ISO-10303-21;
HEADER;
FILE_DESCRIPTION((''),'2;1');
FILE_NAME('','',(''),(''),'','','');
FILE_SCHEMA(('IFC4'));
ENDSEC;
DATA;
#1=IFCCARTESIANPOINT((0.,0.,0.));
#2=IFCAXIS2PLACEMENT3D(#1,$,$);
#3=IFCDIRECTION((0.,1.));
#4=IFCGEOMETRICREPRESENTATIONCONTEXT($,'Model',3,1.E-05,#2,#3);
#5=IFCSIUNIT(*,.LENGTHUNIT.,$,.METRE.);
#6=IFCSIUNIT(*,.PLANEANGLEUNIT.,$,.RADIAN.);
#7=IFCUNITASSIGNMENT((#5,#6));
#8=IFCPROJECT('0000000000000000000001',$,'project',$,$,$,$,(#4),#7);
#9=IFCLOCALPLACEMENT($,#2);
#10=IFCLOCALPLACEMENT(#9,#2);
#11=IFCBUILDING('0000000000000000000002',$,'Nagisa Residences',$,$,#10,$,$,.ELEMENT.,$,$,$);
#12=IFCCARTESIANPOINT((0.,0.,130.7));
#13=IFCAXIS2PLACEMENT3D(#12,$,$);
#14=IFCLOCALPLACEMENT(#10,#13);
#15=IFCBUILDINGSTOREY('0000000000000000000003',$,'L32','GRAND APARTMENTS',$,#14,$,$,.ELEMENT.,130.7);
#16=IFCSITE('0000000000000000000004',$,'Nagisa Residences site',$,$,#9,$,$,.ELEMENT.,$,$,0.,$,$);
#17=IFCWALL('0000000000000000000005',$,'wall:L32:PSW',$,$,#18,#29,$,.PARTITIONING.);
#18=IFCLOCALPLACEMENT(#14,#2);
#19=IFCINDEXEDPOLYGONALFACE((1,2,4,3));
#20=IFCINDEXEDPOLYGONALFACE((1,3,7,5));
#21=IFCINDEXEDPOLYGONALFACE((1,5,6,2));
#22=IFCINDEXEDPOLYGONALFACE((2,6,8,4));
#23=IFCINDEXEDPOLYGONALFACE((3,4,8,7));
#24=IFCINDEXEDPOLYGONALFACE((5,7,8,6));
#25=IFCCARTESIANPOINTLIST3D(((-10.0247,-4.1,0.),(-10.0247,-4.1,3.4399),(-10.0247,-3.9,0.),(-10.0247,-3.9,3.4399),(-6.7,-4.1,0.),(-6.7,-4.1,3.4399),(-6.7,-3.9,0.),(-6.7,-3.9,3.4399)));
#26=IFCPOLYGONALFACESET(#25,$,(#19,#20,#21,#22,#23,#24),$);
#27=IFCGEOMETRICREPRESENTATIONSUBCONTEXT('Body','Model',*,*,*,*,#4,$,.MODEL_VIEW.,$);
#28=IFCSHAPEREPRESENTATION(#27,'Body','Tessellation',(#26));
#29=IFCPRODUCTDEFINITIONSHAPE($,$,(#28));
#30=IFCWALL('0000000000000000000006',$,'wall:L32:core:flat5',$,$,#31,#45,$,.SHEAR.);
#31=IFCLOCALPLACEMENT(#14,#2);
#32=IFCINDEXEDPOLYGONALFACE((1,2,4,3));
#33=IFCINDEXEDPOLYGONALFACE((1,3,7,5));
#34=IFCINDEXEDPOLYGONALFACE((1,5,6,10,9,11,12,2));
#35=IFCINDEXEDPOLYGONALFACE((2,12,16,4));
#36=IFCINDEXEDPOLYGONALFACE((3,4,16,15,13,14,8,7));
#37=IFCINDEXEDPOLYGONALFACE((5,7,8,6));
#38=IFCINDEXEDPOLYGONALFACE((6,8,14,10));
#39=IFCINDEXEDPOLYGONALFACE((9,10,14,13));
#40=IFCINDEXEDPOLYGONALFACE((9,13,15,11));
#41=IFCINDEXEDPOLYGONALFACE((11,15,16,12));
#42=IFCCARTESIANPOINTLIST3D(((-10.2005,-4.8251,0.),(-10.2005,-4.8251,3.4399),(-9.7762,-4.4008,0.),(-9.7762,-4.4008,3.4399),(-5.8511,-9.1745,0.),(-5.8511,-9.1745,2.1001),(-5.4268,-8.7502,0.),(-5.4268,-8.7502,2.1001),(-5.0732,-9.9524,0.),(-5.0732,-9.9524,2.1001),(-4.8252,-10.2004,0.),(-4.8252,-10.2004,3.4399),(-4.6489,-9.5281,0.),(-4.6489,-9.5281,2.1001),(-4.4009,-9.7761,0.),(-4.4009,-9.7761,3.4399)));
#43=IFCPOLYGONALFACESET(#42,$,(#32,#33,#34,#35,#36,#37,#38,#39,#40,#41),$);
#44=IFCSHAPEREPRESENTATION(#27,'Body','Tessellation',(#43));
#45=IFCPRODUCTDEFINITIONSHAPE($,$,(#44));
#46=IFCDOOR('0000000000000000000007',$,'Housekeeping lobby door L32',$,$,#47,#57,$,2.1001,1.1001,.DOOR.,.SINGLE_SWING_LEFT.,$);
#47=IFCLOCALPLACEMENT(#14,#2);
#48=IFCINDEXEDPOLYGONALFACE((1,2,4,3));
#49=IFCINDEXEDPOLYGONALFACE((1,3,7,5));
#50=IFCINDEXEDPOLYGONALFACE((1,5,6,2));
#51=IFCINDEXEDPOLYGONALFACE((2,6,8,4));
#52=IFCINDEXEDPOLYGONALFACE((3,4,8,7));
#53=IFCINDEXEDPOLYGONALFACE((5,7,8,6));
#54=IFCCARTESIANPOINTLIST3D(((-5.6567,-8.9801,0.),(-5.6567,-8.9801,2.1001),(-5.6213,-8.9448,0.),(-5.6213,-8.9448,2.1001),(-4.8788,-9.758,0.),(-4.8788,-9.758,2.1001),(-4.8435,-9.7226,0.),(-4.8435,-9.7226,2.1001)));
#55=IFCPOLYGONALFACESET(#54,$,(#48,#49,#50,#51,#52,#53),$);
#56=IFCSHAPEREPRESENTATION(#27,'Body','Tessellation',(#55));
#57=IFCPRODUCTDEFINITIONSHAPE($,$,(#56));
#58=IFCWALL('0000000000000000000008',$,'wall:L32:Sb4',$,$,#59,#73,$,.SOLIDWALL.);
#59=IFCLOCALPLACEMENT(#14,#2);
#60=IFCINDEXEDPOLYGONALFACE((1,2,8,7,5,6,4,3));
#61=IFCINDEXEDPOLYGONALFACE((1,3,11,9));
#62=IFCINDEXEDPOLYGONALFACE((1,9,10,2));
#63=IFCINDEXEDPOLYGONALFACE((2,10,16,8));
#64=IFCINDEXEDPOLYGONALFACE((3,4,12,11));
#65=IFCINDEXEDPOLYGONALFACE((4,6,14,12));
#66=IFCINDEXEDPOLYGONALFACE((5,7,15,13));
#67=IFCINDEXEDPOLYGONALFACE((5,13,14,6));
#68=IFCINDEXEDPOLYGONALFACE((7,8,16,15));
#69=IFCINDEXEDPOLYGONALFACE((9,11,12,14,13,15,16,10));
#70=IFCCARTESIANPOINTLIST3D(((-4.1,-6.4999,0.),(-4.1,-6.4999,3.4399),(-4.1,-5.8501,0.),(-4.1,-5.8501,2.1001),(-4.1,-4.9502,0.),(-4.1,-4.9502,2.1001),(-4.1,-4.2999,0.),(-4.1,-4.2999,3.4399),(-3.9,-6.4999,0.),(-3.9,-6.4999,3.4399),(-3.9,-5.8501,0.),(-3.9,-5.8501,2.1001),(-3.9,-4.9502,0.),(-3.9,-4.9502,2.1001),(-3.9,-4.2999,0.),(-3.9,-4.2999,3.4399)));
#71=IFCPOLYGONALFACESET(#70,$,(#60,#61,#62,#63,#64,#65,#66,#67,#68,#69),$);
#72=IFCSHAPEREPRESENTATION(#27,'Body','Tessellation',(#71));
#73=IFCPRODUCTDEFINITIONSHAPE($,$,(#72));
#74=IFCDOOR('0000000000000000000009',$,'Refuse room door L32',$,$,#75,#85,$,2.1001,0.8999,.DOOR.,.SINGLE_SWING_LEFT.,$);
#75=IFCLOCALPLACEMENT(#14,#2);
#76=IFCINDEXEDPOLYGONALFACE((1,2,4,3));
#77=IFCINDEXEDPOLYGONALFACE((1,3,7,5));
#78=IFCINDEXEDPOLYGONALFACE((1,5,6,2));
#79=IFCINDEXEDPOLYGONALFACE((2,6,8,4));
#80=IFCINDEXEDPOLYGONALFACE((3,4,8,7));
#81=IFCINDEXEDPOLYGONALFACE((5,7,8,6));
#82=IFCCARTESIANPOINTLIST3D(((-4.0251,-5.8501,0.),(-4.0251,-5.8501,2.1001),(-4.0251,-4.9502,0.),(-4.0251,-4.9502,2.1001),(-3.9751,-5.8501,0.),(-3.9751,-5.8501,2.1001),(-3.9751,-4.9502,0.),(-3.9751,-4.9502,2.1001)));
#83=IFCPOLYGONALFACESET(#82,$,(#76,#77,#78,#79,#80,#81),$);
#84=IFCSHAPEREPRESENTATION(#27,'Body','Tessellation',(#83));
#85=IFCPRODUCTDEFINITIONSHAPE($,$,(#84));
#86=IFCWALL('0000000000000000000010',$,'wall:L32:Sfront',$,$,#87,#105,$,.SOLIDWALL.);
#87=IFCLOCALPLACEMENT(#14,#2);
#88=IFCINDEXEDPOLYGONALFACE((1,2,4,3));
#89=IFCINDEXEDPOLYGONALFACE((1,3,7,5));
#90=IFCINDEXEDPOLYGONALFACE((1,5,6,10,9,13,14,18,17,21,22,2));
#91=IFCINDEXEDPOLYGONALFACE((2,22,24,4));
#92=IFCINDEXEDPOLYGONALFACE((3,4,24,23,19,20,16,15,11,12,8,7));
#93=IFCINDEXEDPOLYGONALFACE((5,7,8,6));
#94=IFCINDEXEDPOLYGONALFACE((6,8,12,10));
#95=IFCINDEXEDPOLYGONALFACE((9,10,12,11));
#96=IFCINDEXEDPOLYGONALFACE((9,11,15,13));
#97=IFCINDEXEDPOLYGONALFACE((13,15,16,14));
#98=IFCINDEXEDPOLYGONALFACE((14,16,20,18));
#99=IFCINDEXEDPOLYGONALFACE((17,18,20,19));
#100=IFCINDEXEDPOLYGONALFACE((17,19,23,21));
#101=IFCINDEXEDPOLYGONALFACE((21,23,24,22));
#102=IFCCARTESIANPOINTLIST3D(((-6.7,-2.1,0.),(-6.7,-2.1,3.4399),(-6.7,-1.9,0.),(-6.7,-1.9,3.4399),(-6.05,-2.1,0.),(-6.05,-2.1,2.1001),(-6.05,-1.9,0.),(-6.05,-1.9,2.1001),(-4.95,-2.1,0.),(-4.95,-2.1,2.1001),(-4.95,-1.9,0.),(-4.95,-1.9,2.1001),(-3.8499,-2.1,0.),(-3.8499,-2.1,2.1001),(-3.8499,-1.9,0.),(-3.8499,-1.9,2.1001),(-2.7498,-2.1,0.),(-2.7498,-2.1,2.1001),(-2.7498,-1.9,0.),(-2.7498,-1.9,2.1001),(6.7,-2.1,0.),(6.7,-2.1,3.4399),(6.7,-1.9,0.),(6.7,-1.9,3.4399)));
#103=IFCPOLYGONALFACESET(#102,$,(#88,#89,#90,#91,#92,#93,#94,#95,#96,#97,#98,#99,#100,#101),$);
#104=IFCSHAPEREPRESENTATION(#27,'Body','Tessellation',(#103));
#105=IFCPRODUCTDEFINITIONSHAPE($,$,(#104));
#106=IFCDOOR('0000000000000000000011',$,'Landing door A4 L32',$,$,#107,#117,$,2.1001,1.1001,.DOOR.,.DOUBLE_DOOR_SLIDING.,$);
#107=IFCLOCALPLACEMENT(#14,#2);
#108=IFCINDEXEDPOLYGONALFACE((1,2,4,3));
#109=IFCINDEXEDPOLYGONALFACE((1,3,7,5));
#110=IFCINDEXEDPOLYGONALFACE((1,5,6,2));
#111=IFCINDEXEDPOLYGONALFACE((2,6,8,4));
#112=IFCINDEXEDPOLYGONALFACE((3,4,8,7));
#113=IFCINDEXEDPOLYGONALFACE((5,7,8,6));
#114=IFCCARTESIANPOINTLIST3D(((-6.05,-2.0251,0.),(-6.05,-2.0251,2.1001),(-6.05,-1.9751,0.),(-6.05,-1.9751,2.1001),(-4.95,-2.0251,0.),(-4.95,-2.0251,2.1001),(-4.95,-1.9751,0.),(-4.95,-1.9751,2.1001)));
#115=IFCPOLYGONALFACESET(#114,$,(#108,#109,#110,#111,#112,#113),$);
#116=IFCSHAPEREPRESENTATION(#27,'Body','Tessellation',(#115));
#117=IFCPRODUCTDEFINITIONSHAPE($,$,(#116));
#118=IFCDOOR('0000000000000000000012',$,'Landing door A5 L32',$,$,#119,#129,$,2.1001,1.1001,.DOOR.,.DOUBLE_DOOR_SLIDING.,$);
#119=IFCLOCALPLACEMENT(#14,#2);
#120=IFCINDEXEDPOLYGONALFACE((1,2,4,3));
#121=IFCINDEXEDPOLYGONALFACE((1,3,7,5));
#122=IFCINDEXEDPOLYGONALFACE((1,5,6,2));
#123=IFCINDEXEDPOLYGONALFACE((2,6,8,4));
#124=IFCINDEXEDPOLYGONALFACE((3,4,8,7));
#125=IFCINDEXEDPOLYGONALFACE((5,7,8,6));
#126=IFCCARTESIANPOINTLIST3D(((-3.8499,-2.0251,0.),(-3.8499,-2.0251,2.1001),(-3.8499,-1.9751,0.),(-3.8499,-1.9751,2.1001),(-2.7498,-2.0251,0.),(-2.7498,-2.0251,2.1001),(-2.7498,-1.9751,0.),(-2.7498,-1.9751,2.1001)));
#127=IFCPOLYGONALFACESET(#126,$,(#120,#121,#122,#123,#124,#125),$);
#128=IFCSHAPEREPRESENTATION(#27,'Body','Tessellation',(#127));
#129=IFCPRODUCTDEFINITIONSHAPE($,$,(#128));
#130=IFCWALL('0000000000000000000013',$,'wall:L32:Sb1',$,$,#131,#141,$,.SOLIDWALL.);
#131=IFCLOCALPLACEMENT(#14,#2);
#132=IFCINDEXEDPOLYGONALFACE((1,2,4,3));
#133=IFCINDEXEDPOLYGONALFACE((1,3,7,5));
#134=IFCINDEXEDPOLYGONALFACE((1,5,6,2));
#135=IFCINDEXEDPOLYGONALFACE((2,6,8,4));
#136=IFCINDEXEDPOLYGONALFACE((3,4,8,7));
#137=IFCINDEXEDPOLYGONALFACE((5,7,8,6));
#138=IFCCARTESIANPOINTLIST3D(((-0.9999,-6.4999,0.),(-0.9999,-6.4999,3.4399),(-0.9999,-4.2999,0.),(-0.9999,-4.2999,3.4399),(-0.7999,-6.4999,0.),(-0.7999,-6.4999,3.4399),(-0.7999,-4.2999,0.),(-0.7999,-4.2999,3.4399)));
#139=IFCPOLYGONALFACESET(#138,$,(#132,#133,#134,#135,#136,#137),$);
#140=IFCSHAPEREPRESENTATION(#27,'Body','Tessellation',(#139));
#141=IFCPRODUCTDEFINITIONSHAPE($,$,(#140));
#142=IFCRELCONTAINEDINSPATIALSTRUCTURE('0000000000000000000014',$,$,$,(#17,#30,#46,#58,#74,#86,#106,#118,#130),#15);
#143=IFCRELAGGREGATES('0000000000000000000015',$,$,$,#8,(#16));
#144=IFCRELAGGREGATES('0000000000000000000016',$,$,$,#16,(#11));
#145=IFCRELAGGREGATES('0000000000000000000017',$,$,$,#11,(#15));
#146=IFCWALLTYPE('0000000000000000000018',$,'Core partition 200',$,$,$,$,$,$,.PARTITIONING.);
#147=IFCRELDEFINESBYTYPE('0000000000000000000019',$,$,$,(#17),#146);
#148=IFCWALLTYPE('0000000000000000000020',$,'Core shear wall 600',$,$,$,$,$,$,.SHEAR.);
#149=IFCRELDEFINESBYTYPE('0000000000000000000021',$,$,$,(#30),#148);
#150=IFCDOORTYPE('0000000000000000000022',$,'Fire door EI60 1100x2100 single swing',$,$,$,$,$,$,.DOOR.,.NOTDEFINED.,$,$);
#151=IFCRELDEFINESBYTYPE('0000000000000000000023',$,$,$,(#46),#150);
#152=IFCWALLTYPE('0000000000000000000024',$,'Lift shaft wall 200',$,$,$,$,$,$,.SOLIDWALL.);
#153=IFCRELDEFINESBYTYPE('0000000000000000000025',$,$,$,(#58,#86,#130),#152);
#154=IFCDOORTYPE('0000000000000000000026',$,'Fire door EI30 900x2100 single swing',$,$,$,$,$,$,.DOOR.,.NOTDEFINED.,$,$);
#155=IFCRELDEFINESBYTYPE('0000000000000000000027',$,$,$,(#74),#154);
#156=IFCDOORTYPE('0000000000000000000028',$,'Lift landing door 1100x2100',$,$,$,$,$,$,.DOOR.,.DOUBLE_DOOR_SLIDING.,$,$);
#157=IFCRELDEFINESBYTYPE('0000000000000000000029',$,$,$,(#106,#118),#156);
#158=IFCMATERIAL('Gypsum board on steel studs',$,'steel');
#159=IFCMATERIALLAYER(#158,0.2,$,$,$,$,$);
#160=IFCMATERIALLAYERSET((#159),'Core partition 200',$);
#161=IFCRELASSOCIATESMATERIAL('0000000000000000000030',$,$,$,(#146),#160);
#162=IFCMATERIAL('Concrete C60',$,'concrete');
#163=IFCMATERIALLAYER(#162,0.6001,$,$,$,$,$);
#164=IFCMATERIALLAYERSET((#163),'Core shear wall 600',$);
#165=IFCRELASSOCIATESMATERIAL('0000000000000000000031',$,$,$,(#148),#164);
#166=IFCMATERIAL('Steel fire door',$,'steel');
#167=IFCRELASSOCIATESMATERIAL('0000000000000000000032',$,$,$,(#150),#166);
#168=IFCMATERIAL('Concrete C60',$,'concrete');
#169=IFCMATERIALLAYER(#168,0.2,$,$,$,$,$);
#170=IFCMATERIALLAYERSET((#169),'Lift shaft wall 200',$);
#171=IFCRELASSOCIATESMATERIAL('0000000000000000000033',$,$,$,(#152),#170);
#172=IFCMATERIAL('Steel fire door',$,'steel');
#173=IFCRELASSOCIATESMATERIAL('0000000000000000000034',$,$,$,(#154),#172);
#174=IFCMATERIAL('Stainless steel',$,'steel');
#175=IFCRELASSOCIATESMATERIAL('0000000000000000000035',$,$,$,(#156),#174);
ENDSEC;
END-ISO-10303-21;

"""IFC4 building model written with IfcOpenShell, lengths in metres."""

from ifc_helpers import new_model, si_unit, direction, frame, frame_2d, origin, place, context, subcontext, project, spatial, rectangle, extrude, material, layer, layer_set, type_object, element, fill, save


model = new_model("IFC4")

# Units and contexts
model_context = context("Model", 3, precision=1e-05, world=origin(), true_north=direction((0.0, 1.0)))
body_context = subcontext(model_context, "Body", "Model", "MODEL_VIEW")
ifc_project = project(units=[si_unit("LENGTHUNIT", "METRE"), si_unit("PLANEANGLEUNIT", "RADIAN")], contexts=[model_context])

# Site, building, storey
site_placement = place(None, origin())
site = spatial("IfcSite", under=ifc_project, at=site_placement, Name="Nagisa Residences site", CompositionType="ELEMENT", RefElevation=0.0)
building_placement = place(site_placement, origin())
building = spatial("IfcBuilding", under=site, at=building_placement, Name="Nagisa Residences", CompositionType="ELEMENT")
storey_placement = place(building_placement, frame((0.0, 0.0, 130.7)))
storey = spatial("IfcBuildingStorey", under=building, at=storey_placement, Name="L32", Description="GRAND APARTMENTS", CompositionType="ELEMENT", Elevation=130.7)

# Wall
ifc_material_1 = material(Name="Gypsum board on steel studs", Category="steel")
ifc_layer_1 = layer(ifc_material_1, 0.2)
ifc_layer_set_1 = layer_set([ifc_layer_1], Name="Core partition 200")
wall_type_1 = type_object("IfcWallType", Name="Core partition 200", PredefinedType="PARTITIONING", material=ifc_layer_set_1)
wall_1_placement = place(storey_placement, frame((-10.0247, -4.0, 0.0), z_axis=(0.0, 0.0, 1.0), x_axis=(1.0, 0.0, 0.0)))
element("IfcWall", 1, at=wall_1_placement, inside=storey, type_object=wall_type_1, Name="wall:L32:PSW", PredefinedType="PARTITIONING", context=body_context, shape_type="SweptSolid", body=[
    extrude(rectangle(XDim=3.3247, YDim=0.2, at=frame_2d((1.6624, 0.0))), origin(), (0.0, 0.0, 1.0), 3.4399),
])

# Walls, openings, doors
ifc_material_2 = material(Name="Concrete C60", Category="concrete")
ifc_layer_2 = layer(ifc_material_2, 0.6001)
ifc_layer_set_2 = layer_set([ifc_layer_2], Name="Core shear wall 600")
wall_type_2 = type_object("IfcWallType", Name="Core shear wall 600", PredefinedType="SHEAR", material=ifc_layer_set_2)
wall_2_placement = place(storey_placement, frame((-9.9883, -4.613, 0.0), z_axis=(0.0, 0.0, 1.0), x_axis=(0.707107, -0.707107, 0.0)))
wall_2 = element("IfcWall", 2, at=wall_2_placement, inside=storey, type_object=wall_type_2, Name="wall:L32:core:flat5", PredefinedType="SHEAR", context=body_context, shape_type="SweptSolid", body=[
    extrude(rectangle(XDim=7.6018, YDim=0.6001, at=frame_2d((3.8008, 0.0))), origin(), (0.0, 0.0, 1.0), 3.4399),
])
opening_1_placement = place(wall_2_placement, frame((6.1509, 0.0, 0.0)))
opening_1 = element("IfcOpeningElement", 3, at=opening_1_placement, cuts=wall_2, PredefinedType="OPENING", context=body_context, shape_type="SweptSolid", body=[
    extrude(rectangle(XDim=1.1001, YDim=2.1001, at=frame_2d((0.55, 1.05))), frame((0.0, 0.3101, 0.0), z_axis=(0.0, -1.0, 0.0), x_axis=(1.0, 0.0, 0.0)), (0.0, 0.0, 1.0), 0.6201),
])
ifc_material_3 = material(Name="Steel fire door", Category="steel")
door_type_1 = type_object("IfcDoorType", Name="Fire door EI60 1100x2100 single swing", OperationType="NOTDEFINED", PredefinedType="DOOR", material=ifc_material_3)
door_1_placement = place(opening_1_placement, origin())
door_1 = element("IfcDoor", 4, at=door_1_placement, inside=storey, type_object=door_type_1, Name="Housekeeping lobby door L32", OperationType="SINGLE_SWING_LEFT", OverallHeight=2.1001, OverallWidth=1.1001, PredefinedType="DOOR", context=body_context, shape_type="SweptSolid", body=[
    extrude(rectangle(XDim=1.1001, YDim=2.1001, at=frame_2d((0.55, 1.05))), frame((0.0, 0.0249, 0.0), z_axis=(0.0, -1.0, 0.0), x_axis=(1.0, 0.0, 0.0)), (0.0, 0.0, 1.0), 0.05),
])
fill(opening_1, door_1)
ifc_material_4 = material(Name="Concrete C60", Category="concrete")
ifc_layer_3 = layer(ifc_material_4, 0.2)
ifc_layer_set_3 = layer_set([ifc_layer_3], Name="Lift shaft wall 200")
wall_type_3 = type_object("IfcWallType", Name="Lift shaft wall 200", PredefinedType="SOLIDWALL", material=ifc_layer_set_3)
wall_3_placement = place(storey_placement, frame((-4.0, -6.5, 0.0), z_axis=(0.0, 0.0, 1.0), x_axis=(0.0, 1.0, 0.0)))
wall_3 = element("IfcWall", 5, at=wall_3_placement, inside=storey, type_object=wall_type_3, Name="wall:L32:Sb4", PredefinedType="SOLIDWALL", context=body_context, shape_type="SweptSolid", body=[
    extrude(rectangle(XDim=2.2, YDim=0.2, at=frame_2d((1.1001, 0.0))), origin(), (0.0, 0.0, 1.0), 3.4399),
])
opening_2_placement = place(wall_3_placement, frame((0.6499, 0.0, 0.0)))
opening_2 = element("IfcOpeningElement", 6, at=opening_2_placement, cuts=wall_3, PredefinedType="OPENING", context=body_context, shape_type="SweptSolid", body=[
    extrude(rectangle(XDim=0.8999, YDim=2.1001, at=frame_2d((0.45, 1.05))), frame((0.0, 0.1099, 0.0), z_axis=(0.0, -1.0, 0.0), x_axis=(1.0, 0.0, 0.0)), (0.0, 0.0, 1.0), 0.22),
])
ifc_material_5 = material(Name="Steel fire door", Category="steel")
door_type_2 = type_object("IfcDoorType", Name="Fire door EI30 900x2100 single swing", OperationType="NOTDEFINED", PredefinedType="DOOR", material=ifc_material_5)
door_2_placement = place(opening_2_placement, frame((0.8999, 0.0, 0.0), x_axis=(-1.0, 0.0, 0.0)))
door_2 = element("IfcDoor", 7, at=door_2_placement, inside=storey, type_object=door_type_2, Name="Refuse room door L32", OperationType="SINGLE_SWING_LEFT", OverallHeight=2.1001, OverallWidth=0.8999, PredefinedType="DOOR", context=body_context, shape_type="SweptSolid", body=[
    extrude(rectangle(XDim=0.8999, YDim=2.1001, at=frame_2d((0.45, 1.05))), frame((0.0, 0.0249, 0.0), z_axis=(0.0, -1.0, 0.0), x_axis=(1.0, 0.0, 0.0)), (0.0, 0.0, 1.0), 0.05),
])
fill(opening_2, door_2)

# Wall, openings, doors
wall_4_placement = place(storey_placement, frame((-6.7, -2.0, 0.0), z_axis=(0.0, 0.0, 1.0), x_axis=(1.0, 0.0, 0.0)))
wall_4 = element("IfcWall", 8, at=wall_4_placement, inside=storey, type_object=wall_type_3, Name="wall:L32:Sfront", PredefinedType="SOLIDWALL", context=body_context, shape_type="SweptSolid", body=[
    extrude(rectangle(XDim=13.3999, YDim=0.2, at=frame_2d((6.7, 0.0))), origin(), (0.0, 0.0, 1.0), 3.4399),
])
opening_3_placement = place(wall_4_placement, frame((0.6499, 0.0, 0.0)))
opening_3 = element("IfcOpeningElement", 9, at=opening_3_placement, cuts=wall_4, PredefinedType="OPENING", context=body_context, shape_type="SweptSolid", body=[
    extrude(rectangle(XDim=1.1001, YDim=2.1001, at=frame_2d((0.55, 1.05))), frame((0.0, 0.1099, 0.0), z_axis=(0.0, -1.0, 0.0), x_axis=(1.0, 0.0, 0.0)), (0.0, 0.0, 1.0), 0.22),
])
opening_4_placement = place(wall_4_placement, frame((2.8501, 0.0, 0.0)))
opening_4 = element("IfcOpeningElement", 10, at=opening_4_placement, cuts=wall_4, PredefinedType="OPENING", context=body_context, shape_type="SweptSolid", body=[
    extrude(rectangle(XDim=1.1001, YDim=2.1001, at=frame_2d((0.55, 1.05))), frame((0.0, 0.1099, 0.0), z_axis=(0.0, -1.0, 0.0), x_axis=(1.0, 0.0, 0.0)), (0.0, 0.0, 1.0), 0.22),
])
ifc_material_6 = material(Name="Stainless steel", Category="steel")
door_type_3 = type_object("IfcDoorType", Name="Lift landing door 1100x2100", OperationType="DOUBLE_DOOR_SLIDING", PredefinedType="DOOR", material=ifc_material_6)
door_3_placement = place(opening_3_placement, origin())
door_3 = element("IfcDoor", 11, at=door_3_placement, inside=storey, type_object=door_type_3, Name="Landing door A4 L32", OperationType="DOUBLE_DOOR_SLIDING", OverallHeight=2.1001, OverallWidth=1.1001, PredefinedType="DOOR", context=body_context, shape_type="SweptSolid", body=[
    extrude(rectangle(XDim=1.1001, YDim=2.1001, at=frame_2d((0.55, 1.05))), frame((0.0, 0.0249, 0.0), z_axis=(0.0, -1.0, 0.0), x_axis=(1.0, 0.0, 0.0)), (0.0, 0.0, 1.0), 0.05),
])
fill(opening_3, door_3)
door_4_placement = place(opening_4_placement, origin())
door_4 = element("IfcDoor", 12, at=door_4_placement, inside=storey, type_object=door_type_3, Name="Landing door A5 L32", OperationType="DOUBLE_DOOR_SLIDING", OverallHeight=2.1001, OverallWidth=1.1001, PredefinedType="DOOR", context=body_context, shape_type="SweptSolid", body=[
    extrude(rectangle(XDim=1.1001, YDim=2.1001, at=frame_2d((0.55, 1.05))), frame((0.0, 0.0249, 0.0), z_axis=(0.0, -1.0, 0.0), x_axis=(1.0, 0.0, 0.0)), (0.0, 0.0, 1.0), 0.05),
])
fill(opening_4, door_4)

# Wall
wall_5_placement = place(storey_placement, frame((-0.8999, -6.5, 0.0), z_axis=(0.0, 0.0, 1.0), x_axis=(0.0, 1.0, 0.0)))
element("IfcWall", 13, at=wall_5_placement, inside=storey, type_object=wall_type_3, Name="wall:L32:Sb1", PredefinedType="SOLIDWALL", context=body_context, shape_type="SweptSolid", body=[
    extrude(rectangle(XDim=2.2, YDim=0.2, at=frame_2d((1.1001, 0.0))), origin(), (0.0, 0.0, 1.0), 3.4399),
])

save(model, "model.ifc")
